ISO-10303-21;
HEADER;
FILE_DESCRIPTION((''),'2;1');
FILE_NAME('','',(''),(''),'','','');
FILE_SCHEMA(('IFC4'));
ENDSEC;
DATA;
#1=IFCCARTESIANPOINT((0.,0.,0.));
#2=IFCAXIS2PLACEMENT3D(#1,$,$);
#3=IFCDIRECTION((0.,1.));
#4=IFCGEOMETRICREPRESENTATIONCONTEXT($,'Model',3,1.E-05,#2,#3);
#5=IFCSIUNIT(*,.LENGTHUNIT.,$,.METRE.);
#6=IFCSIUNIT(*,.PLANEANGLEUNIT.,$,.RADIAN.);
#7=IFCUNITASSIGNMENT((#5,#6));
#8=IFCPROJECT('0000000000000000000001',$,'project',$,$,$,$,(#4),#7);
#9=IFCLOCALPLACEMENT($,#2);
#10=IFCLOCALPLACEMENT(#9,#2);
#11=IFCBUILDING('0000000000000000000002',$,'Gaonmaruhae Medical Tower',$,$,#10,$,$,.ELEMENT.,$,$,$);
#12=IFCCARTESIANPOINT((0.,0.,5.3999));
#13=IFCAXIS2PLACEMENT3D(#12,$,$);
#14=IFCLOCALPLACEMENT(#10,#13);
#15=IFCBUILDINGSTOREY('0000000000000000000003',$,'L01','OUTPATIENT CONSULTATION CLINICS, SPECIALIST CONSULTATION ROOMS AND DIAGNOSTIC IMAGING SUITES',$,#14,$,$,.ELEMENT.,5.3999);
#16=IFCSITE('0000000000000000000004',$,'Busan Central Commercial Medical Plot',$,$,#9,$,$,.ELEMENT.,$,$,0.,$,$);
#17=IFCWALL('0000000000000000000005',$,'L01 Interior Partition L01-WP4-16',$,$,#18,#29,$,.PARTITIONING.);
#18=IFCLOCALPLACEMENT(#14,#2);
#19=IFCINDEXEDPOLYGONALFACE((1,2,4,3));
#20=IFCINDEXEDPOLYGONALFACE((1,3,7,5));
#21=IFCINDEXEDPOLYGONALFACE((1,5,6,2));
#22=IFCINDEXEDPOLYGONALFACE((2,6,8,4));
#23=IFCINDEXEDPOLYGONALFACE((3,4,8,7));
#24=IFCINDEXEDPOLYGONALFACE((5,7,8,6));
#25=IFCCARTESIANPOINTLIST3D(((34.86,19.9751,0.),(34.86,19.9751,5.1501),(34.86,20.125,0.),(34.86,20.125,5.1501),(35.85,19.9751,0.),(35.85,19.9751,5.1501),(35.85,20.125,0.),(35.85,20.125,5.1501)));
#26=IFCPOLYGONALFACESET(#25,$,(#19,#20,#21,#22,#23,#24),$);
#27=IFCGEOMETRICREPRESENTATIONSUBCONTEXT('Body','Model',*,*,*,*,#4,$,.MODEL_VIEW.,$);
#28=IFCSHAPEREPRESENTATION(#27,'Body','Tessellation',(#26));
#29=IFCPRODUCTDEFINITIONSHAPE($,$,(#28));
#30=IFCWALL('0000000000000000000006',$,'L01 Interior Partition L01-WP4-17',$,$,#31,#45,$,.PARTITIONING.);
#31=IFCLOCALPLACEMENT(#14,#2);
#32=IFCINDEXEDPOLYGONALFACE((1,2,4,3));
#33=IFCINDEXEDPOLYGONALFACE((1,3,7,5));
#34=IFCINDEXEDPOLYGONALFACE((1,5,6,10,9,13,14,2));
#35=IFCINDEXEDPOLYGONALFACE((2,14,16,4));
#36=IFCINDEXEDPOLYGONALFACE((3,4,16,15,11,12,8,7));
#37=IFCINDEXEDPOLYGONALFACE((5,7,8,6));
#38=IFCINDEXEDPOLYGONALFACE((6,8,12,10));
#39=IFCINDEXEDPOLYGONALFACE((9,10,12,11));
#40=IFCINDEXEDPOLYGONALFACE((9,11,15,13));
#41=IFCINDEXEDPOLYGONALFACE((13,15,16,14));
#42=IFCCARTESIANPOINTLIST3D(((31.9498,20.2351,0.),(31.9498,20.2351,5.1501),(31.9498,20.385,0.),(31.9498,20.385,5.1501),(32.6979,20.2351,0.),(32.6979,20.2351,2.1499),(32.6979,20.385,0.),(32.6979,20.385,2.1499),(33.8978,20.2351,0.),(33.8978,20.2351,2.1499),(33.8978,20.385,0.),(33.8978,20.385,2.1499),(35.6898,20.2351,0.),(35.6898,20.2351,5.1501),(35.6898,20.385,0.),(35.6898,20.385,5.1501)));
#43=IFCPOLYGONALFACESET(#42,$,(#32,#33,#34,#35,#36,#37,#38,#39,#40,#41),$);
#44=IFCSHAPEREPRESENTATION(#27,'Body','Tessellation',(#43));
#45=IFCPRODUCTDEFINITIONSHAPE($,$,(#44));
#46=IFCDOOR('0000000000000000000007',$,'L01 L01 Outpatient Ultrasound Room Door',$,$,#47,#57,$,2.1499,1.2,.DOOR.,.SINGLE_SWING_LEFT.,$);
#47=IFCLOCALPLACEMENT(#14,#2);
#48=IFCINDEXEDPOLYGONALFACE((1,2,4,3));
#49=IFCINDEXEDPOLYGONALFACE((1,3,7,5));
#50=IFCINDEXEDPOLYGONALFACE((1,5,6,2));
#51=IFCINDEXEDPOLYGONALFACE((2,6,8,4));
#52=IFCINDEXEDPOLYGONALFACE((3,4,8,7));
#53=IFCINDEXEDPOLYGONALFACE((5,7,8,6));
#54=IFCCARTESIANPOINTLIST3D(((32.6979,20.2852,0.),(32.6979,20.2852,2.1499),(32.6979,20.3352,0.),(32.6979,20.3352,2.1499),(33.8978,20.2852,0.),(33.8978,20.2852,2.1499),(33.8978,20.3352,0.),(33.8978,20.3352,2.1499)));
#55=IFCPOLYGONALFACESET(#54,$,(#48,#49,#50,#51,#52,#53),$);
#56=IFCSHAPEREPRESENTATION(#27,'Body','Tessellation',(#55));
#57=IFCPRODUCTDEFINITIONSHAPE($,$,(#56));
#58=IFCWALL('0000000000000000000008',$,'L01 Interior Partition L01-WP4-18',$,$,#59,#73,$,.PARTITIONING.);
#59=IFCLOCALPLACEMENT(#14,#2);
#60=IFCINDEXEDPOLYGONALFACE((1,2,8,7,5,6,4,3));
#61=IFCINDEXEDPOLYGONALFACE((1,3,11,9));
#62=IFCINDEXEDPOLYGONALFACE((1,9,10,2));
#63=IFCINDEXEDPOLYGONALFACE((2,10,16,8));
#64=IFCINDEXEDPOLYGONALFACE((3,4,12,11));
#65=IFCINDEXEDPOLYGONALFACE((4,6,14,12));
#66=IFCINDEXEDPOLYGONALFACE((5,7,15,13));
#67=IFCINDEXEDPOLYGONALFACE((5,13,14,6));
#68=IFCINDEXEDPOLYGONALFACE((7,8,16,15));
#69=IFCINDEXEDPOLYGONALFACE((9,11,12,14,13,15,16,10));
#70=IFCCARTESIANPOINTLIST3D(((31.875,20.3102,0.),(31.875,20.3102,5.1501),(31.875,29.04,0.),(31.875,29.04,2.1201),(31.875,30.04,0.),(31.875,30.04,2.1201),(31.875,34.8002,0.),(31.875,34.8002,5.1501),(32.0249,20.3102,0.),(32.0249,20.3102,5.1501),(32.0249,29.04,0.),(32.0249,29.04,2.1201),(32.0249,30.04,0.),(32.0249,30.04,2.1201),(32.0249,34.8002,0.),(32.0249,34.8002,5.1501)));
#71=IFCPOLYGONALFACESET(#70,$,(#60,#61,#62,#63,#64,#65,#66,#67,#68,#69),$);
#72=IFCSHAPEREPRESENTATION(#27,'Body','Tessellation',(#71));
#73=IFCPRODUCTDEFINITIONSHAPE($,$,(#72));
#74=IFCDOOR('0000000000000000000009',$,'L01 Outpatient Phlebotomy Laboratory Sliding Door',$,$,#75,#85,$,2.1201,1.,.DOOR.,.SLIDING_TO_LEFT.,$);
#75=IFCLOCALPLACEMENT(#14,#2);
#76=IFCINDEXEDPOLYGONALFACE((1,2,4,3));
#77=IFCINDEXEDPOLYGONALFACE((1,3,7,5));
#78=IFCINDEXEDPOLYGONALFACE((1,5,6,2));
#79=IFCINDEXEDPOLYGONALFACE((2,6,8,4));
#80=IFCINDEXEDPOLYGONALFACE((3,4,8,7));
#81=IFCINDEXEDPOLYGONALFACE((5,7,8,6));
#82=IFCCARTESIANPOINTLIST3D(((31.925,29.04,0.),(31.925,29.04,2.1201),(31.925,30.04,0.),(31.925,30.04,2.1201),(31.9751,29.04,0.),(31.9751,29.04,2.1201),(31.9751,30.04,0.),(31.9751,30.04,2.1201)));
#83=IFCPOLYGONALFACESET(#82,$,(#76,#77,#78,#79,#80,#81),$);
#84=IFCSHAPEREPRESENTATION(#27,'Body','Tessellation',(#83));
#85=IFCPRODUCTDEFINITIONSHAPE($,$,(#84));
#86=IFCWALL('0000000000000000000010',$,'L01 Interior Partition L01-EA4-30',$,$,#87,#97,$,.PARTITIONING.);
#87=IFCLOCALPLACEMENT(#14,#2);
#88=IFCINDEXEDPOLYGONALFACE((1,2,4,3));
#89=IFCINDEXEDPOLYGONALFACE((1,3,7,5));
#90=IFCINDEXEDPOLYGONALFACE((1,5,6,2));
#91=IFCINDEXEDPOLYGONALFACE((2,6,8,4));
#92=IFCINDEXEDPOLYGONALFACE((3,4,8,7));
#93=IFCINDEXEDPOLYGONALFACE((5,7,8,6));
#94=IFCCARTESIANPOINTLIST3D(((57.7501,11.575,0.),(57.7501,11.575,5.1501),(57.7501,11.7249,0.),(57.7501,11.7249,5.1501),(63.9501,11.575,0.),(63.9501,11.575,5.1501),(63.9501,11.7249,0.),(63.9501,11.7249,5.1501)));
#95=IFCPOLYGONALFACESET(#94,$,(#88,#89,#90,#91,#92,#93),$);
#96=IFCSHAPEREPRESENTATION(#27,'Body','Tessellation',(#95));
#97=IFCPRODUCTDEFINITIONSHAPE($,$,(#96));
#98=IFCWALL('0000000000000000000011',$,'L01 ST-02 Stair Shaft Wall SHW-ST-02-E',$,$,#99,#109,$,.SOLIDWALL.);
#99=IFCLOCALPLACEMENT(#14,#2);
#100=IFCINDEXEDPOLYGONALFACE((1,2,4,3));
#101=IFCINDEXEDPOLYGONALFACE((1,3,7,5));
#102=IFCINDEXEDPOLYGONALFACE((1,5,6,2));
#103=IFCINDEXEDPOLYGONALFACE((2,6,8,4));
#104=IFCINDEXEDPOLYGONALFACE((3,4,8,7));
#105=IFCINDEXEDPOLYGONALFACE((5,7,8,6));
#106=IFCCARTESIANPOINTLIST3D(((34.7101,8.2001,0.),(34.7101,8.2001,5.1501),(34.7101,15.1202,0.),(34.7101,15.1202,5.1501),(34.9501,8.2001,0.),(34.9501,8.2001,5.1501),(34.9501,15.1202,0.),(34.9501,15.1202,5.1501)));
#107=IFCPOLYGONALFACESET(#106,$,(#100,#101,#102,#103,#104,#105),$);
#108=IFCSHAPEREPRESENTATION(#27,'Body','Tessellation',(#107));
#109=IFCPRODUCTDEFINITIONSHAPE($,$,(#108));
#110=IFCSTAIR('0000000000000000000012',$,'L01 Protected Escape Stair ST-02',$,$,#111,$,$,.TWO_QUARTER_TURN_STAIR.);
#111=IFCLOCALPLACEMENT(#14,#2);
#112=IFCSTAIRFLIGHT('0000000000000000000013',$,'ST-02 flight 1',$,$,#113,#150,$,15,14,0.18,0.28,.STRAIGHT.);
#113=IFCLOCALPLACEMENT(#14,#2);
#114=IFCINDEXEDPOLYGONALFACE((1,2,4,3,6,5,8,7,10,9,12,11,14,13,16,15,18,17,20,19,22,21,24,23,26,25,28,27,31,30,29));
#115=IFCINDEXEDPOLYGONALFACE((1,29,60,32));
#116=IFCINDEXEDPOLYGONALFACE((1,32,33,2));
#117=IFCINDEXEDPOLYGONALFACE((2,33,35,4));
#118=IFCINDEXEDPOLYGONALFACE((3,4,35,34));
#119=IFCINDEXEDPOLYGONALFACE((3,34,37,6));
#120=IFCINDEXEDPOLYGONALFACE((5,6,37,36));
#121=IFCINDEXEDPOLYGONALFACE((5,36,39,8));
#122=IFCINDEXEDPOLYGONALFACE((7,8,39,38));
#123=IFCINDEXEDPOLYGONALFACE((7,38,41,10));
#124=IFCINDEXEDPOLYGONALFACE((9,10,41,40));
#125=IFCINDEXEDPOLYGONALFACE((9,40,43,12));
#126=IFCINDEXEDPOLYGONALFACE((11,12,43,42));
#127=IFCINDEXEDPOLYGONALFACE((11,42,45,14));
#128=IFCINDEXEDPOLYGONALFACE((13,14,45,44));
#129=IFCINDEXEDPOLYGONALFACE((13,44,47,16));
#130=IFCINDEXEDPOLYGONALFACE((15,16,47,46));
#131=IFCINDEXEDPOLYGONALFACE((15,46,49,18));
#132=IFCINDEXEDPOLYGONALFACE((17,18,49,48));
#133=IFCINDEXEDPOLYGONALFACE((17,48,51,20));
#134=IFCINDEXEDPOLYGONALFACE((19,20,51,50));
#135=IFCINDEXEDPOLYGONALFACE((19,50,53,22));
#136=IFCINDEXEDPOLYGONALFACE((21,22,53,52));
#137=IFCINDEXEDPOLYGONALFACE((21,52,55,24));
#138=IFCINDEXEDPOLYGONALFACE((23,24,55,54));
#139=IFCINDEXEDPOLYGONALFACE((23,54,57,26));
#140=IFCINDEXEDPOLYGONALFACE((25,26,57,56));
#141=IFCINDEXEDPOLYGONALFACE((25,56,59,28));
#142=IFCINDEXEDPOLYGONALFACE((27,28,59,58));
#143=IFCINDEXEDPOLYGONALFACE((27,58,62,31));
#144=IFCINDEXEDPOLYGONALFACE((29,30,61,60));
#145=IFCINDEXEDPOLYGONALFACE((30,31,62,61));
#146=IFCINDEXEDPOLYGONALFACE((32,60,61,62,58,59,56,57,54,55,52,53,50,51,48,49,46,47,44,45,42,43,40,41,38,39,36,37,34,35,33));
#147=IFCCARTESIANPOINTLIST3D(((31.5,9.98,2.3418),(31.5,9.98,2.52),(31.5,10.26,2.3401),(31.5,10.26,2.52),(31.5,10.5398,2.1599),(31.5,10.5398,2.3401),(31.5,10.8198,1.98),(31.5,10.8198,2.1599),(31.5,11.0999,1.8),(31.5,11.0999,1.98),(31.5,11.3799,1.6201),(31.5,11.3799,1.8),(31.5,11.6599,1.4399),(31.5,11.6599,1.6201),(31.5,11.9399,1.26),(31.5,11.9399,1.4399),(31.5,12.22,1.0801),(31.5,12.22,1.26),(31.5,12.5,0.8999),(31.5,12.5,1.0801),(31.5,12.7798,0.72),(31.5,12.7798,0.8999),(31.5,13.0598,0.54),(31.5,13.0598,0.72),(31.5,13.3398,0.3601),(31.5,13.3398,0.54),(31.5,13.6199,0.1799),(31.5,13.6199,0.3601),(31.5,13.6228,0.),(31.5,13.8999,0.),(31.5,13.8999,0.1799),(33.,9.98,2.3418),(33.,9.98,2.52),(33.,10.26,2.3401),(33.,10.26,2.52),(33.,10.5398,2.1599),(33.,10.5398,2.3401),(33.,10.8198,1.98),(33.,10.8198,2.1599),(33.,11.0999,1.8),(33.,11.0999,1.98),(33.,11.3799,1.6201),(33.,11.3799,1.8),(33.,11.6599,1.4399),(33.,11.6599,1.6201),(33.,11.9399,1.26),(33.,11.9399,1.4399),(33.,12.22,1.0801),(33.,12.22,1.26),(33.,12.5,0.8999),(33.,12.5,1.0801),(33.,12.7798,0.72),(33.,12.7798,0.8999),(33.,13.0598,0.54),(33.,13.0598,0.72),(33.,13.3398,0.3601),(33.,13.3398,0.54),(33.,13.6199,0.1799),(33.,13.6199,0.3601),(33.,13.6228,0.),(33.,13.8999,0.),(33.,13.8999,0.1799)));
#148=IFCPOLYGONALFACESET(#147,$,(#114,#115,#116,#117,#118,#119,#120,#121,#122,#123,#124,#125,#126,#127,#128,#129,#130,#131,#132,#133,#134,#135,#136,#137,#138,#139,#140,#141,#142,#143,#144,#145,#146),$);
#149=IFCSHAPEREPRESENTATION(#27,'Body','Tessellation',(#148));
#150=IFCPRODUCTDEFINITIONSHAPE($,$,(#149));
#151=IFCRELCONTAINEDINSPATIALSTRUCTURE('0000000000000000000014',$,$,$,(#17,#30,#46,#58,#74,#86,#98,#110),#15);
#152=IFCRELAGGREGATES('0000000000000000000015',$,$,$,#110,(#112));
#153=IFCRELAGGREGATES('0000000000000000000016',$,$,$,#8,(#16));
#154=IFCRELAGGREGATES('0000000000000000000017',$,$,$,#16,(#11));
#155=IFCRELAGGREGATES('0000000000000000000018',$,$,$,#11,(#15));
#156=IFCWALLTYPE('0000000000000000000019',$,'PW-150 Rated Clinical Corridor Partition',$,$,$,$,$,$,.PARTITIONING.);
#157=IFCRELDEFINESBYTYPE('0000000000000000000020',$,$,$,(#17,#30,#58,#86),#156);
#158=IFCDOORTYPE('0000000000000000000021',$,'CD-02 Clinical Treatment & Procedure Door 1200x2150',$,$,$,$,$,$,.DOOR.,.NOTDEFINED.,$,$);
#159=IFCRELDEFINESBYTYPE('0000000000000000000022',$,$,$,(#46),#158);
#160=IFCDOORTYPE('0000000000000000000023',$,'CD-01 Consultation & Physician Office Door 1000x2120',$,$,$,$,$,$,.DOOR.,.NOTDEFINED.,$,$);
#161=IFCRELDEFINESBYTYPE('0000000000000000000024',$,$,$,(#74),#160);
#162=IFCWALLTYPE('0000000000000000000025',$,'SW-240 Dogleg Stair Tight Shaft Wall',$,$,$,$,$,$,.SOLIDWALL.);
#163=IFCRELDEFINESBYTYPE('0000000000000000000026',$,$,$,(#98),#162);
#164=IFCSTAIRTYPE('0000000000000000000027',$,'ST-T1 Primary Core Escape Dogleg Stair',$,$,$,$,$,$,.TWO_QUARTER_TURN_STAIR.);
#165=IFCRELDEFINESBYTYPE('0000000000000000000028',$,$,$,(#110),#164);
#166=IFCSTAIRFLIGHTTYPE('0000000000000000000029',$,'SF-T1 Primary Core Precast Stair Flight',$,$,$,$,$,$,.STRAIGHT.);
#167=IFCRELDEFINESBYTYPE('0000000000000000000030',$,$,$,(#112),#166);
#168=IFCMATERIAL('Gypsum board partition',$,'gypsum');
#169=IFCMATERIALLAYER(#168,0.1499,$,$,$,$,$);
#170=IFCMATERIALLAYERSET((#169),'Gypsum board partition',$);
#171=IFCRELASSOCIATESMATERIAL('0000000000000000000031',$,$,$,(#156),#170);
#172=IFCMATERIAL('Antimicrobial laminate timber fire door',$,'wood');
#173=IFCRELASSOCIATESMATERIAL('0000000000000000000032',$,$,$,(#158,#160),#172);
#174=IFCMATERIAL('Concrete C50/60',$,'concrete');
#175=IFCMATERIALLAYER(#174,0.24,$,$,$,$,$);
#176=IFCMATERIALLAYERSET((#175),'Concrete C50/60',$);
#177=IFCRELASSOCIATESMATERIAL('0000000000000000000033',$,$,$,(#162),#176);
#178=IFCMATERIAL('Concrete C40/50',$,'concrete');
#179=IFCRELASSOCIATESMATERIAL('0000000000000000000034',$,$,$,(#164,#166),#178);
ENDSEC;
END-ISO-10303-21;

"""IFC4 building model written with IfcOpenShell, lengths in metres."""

from ifc_helpers import new_model, si_unit, direction, frame, frame_2d, origin, place, context, subcontext, project, spatial, polyline, rectangle, outline, extrude, material, layer, layer_set, type_object, element, fill, aggregate, save


model = new_model("IFC4")

# Units and contexts
model_context = context("Model", 3, precision=1e-05, world=origin(), true_north=direction((0.0, 1.0)))
body_context = subcontext(model_context, "Body", "Model", "MODEL_VIEW")
ifc_project = project(units=[si_unit("LENGTHUNIT", "METRE"), si_unit("PLANEANGLEUNIT", "RADIAN")], contexts=[model_context])

# Site, building, storey
site_placement = place(None, origin())
site = spatial("IfcSite", under=ifc_project, at=site_placement, Name="Busan Central Commercial Medical Plot", CompositionType="ELEMENT", RefElevation=0.0)
building_placement = place(site_placement, origin())
building = spatial("IfcBuilding", under=site, at=building_placement, Name="Gaonmaruhae Medical Tower", CompositionType="ELEMENT")
storey_placement = place(building_placement, frame((0.0, 0.0, 5.3999)))
storey = spatial("IfcBuildingStorey", under=building, at=storey_placement, Name="L01", Description="OUTPATIENT CONSULTATION CLINICS, SPECIALIST CONSULTATION ROOMS AND DIAGNOSTIC IMAGING SUITES", CompositionType="ELEMENT", Elevation=5.3999)

# Shared definitions
ifc_material_1 = material(Name="Concrete C50/60", Category="concrete")

# Wall
ifc_material_2 = material(Name="Gypsum board partition", Category="gypsum")
ifc_layer_1 = layer(ifc_material_2, 0.1499)
ifc_layer_set_1 = layer_set([ifc_layer_1], Name="Gypsum board partition")
wall_type_1 = type_object("IfcWallType", Name="PW-150 Rated Clinical Corridor Partition", PredefinedType="PARTITIONING", material=ifc_layer_set_1)
wall_1_placement = place(storey_placement, frame((35.8501, 20.05, 0.0), z_axis=(0.0, 0.0, 1.0), x_axis=(-1.0, 0.0, 0.0)))
element("IfcWall", 1, at=wall_1_placement, inside=storey, type_object=wall_type_1, Name="L01 Interior Partition L01-WP4-16", PredefinedType="PARTITIONING", context=body_context, shape_type="SweptSolid", body=[
    extrude(rectangle(XDim=0.99, YDim=0.1499, at=frame_2d((0.4951, 0.0))), origin(), (0.0, 0.0, 1.0), 5.1501),
])

# Walls, openings, doors
wall_2_placement = place(storey_placement, frame((35.6899, 20.3101, 0.0), z_axis=(0.0, 0.0, 1.0), x_axis=(-1.0, 0.0, 0.0)))
wall_2 = element("IfcWall", 2, at=wall_2_placement, inside=storey, type_object=wall_type_1, Name="L01 Interior Partition L01-WP4-17", PredefinedType="PARTITIONING", context=body_context, shape_type="SweptSolid", body=[
    extrude(rectangle(XDim=3.74, YDim=0.1499, at=frame_2d((1.8701, 0.0))), origin(), (0.0, 0.0, 1.0), 5.1501),
])
opening_1_placement = place(wall_2_placement, frame((1.792, 0.0, 0.0)))
opening_1 = element("IfcOpeningElement", 3, at=opening_1_placement, cuts=wall_2, PredefinedType="OPENING", context=body_context, shape_type="SweptSolid", body=[
    extrude(rectangle(XDim=1.2, YDim=2.1499, at=frame_2d((0.6001, 1.075))), frame((0.0, 0.085, 0.0), z_axis=(0.0, -1.0, 0.0), x_axis=(1.0, 0.0, 0.0)), (0.0, 0.0, 1.0), 0.1699),
])
ifc_material_3 = material(Name="Antimicrobial laminate timber fire door", Category="wood")
door_type_1 = type_object("IfcDoorType", Name="CD-02 Clinical Treatment & Procedure Door 1200x2150", OperationType="NOTDEFINED", PredefinedType="DOOR", material=ifc_material_3)
door_1_placement = place(opening_1_placement, origin())
door_1 = element("IfcDoor", 4, at=door_1_placement, inside=storey, type_object=door_type_1, Name="L01 L01 Outpatient Ultrasound Room Door", OperationType="SINGLE_SWING_LEFT", OverallHeight=2.1499, OverallWidth=1.2, PredefinedType="DOOR", context=body_context, shape_type="SweptSolid", body=[
    extrude(rectangle(XDim=1.2, YDim=2.1499, at=frame_2d((0.6001, 1.075))), frame((0.0, 0.0249, 0.0), z_axis=(0.0, -1.0, 0.0), x_axis=(1.0, 0.0, 0.0)), (0.0, 0.0, 1.0), 0.05),
])
fill(opening_1, door_1)
wall_3_placement = place(storey_placement, frame((31.95, 20.3101, 0.0), z_axis=(0.0, 0.0, 1.0), x_axis=(0.0, 1.0, 0.0)))
wall_3 = element("IfcWall", 5, at=wall_3_placement, inside=storey, type_object=wall_type_1, Name="L01 Interior Partition L01-WP4-18", PredefinedType="PARTITIONING", context=body_context, shape_type="SweptSolid", body=[
    extrude(rectangle(XDim=14.49, YDim=0.1499, at=frame_2d((7.2451, 0.0))), origin(), (0.0, 0.0, 1.0), 5.1501),
])
opening_2_placement = place(wall_3_placement, frame((8.73, 0.0, 0.0)))
opening_2 = element("IfcOpeningElement", 6, at=opening_2_placement, cuts=wall_3, PredefinedType="OPENING", context=body_context, shape_type="SweptSolid", body=[
    extrude(rectangle(XDim=1.0, YDim=2.1201, at=frame_2d((0.5, 1.0601))), frame((0.0, 0.085, 0.0), z_axis=(0.0, -1.0, 0.0), x_axis=(1.0, 0.0, 0.0)), (0.0, 0.0, 1.0), 0.1699),
])
door_type_2 = type_object("IfcDoorType", Name="CD-01 Consultation & Physician Office Door 1000x2120", OperationType="NOTDEFINED", PredefinedType="DOOR", material=ifc_material_3)
door_2_placement = place(opening_2_placement, origin())
door_2 = element("IfcDoor", 7, at=door_2_placement, inside=storey, type_object=door_type_2, Name="L01 Outpatient Phlebotomy Laboratory Sliding Door", OperationType="SLIDING_TO_LEFT", OverallHeight=2.1201, OverallWidth=1.0, PredefinedType="DOOR", context=body_context, shape_type="SweptSolid", body=[
    extrude(rectangle(XDim=1.0, YDim=2.1201, at=frame_2d((0.5, 1.0601))), frame((0.0, 0.0249, 0.0), z_axis=(0.0, -1.0, 0.0), x_axis=(1.0, 0.0, 0.0)), (0.0, 0.0, 1.0), 0.05),
])
fill(opening_2, door_2)

# Walls
wall_4_placement = place(storey_placement, frame((57.75, 11.6499, 0.0), z_axis=(0.0, 0.0, 1.0), x_axis=(1.0, 0.0, 0.0)))
element("IfcWall", 8, at=wall_4_placement, inside=storey, type_object=wall_type_1, Name="L01 Interior Partition L01-EA4-30", PredefinedType="PARTITIONING", context=body_context, shape_type="SweptSolid", body=[
    extrude(rectangle(XDim=6.2, YDim=0.1499, at=frame_2d((3.1001, 0.0))), origin(), (0.0, 0.0, 1.0), 5.1501),
])
ifc_layer_2 = layer(ifc_material_1, 0.24)
ifc_layer_set_2 = layer_set([ifc_layer_2], Name="Concrete C50/60")
wall_type_2 = type_object("IfcWallType", Name="SW-240 Dogleg Stair Tight Shaft Wall", PredefinedType="SOLIDWALL", material=ifc_layer_set_2)
wall_5_placement = place(storey_placement, frame((34.8301, 15.1201, 0.0), z_axis=(0.0, 0.0, 1.0), x_axis=(0.0, -1.0, 0.0)))
element("IfcWall", 9, at=wall_5_placement, inside=storey, type_object=wall_type_2, Name="L01 ST-02 Stair Shaft Wall SHW-ST-02-E", PredefinedType="SOLIDWALL", context=body_context, shape_type="SweptSolid", body=[
    extrude(rectangle(XDim=6.9202, YDim=0.24, at=frame_2d((3.46, 0.0))), origin(), (0.0, 0.0, 1.0), 5.1501),
])

# Stair, stair flight
ifc_material_4 = material(Name="Concrete C40/50", Category="concrete")
stair_type = type_object("IfcStairType", Name="ST-T1 Primary Core Escape Dogleg Stair", PredefinedType="TWO_QUARTER_TURN_STAIR", material=ifc_material_4)
stair_placement = place(storey_placement, origin())
stair = element("IfcStair", 10, at=stair_placement, inside=storey, type_object=stair_type, Name="L01 Protected Escape Stair ST-02", PredefinedType="TWO_QUARTER_TURN_STAIR")
stair_flight_type = type_object("IfcStairFlightType", Name="SF-T1 Primary Core Precast Stair Flight", PredefinedType="STRAIGHT", material=ifc_material_4)
stair_flight_placement = place(storey_placement, frame((32.25, 13.8999, 0.0), z_axis=(0.0, 0.0, 1.0), x_axis=(0.0, -1.0, 0.0)))
stair_flight = element("IfcStairFlight", 11, at=stair_flight_placement, type_object=stair_flight_type, Name="ST-02 flight 1", NumberOfRisers=15, NumberOfTreads=14, PredefinedType="STRAIGHT", RiserHeight=0.18, TreadLength=0.28, context=body_context, shape_type="SweptSolid", body=[
    extrude(outline(polyline([(0.0, 0.0), (0.0, 0.1799), (0.28, 0.1799), (0.28, 0.3601), (0.5601, 0.3601), (0.5601, 0.54), (0.8401, 0.54), (0.8401, 0.72), (1.1201, 0.72), (1.1201, 0.8999), (1.3999, 0.8999), (1.3999, 1.0801), (1.6799, 1.0801), (1.6799, 1.26), (1.96, 1.26), (1.96, 1.4399), (2.24, 1.4399), (2.24, 1.6201), (2.52, 1.6201), (2.52, 1.8), (2.8, 1.8), (2.8, 1.98), (3.0801, 1.98), (3.0801, 2.1599), (3.3601, 2.1599), (3.3601, 2.3401), (3.6399, 2.3401), (3.6399, 2.52), (3.9199, 2.52), (3.9199, 2.7), (3.9199, 2.3418), (0.2771, 0.0), (0.0, 0.0)])), frame((0.0, 0.75, 0.0), z_axis=(0.0, -1.0, 0.0), x_axis=(1.0, 0.0, 0.0)), (0.0, 0.0, 1.0), 1.5),
])
aggregate(stair, [stair_flight])

save(model, "model.ifc")
